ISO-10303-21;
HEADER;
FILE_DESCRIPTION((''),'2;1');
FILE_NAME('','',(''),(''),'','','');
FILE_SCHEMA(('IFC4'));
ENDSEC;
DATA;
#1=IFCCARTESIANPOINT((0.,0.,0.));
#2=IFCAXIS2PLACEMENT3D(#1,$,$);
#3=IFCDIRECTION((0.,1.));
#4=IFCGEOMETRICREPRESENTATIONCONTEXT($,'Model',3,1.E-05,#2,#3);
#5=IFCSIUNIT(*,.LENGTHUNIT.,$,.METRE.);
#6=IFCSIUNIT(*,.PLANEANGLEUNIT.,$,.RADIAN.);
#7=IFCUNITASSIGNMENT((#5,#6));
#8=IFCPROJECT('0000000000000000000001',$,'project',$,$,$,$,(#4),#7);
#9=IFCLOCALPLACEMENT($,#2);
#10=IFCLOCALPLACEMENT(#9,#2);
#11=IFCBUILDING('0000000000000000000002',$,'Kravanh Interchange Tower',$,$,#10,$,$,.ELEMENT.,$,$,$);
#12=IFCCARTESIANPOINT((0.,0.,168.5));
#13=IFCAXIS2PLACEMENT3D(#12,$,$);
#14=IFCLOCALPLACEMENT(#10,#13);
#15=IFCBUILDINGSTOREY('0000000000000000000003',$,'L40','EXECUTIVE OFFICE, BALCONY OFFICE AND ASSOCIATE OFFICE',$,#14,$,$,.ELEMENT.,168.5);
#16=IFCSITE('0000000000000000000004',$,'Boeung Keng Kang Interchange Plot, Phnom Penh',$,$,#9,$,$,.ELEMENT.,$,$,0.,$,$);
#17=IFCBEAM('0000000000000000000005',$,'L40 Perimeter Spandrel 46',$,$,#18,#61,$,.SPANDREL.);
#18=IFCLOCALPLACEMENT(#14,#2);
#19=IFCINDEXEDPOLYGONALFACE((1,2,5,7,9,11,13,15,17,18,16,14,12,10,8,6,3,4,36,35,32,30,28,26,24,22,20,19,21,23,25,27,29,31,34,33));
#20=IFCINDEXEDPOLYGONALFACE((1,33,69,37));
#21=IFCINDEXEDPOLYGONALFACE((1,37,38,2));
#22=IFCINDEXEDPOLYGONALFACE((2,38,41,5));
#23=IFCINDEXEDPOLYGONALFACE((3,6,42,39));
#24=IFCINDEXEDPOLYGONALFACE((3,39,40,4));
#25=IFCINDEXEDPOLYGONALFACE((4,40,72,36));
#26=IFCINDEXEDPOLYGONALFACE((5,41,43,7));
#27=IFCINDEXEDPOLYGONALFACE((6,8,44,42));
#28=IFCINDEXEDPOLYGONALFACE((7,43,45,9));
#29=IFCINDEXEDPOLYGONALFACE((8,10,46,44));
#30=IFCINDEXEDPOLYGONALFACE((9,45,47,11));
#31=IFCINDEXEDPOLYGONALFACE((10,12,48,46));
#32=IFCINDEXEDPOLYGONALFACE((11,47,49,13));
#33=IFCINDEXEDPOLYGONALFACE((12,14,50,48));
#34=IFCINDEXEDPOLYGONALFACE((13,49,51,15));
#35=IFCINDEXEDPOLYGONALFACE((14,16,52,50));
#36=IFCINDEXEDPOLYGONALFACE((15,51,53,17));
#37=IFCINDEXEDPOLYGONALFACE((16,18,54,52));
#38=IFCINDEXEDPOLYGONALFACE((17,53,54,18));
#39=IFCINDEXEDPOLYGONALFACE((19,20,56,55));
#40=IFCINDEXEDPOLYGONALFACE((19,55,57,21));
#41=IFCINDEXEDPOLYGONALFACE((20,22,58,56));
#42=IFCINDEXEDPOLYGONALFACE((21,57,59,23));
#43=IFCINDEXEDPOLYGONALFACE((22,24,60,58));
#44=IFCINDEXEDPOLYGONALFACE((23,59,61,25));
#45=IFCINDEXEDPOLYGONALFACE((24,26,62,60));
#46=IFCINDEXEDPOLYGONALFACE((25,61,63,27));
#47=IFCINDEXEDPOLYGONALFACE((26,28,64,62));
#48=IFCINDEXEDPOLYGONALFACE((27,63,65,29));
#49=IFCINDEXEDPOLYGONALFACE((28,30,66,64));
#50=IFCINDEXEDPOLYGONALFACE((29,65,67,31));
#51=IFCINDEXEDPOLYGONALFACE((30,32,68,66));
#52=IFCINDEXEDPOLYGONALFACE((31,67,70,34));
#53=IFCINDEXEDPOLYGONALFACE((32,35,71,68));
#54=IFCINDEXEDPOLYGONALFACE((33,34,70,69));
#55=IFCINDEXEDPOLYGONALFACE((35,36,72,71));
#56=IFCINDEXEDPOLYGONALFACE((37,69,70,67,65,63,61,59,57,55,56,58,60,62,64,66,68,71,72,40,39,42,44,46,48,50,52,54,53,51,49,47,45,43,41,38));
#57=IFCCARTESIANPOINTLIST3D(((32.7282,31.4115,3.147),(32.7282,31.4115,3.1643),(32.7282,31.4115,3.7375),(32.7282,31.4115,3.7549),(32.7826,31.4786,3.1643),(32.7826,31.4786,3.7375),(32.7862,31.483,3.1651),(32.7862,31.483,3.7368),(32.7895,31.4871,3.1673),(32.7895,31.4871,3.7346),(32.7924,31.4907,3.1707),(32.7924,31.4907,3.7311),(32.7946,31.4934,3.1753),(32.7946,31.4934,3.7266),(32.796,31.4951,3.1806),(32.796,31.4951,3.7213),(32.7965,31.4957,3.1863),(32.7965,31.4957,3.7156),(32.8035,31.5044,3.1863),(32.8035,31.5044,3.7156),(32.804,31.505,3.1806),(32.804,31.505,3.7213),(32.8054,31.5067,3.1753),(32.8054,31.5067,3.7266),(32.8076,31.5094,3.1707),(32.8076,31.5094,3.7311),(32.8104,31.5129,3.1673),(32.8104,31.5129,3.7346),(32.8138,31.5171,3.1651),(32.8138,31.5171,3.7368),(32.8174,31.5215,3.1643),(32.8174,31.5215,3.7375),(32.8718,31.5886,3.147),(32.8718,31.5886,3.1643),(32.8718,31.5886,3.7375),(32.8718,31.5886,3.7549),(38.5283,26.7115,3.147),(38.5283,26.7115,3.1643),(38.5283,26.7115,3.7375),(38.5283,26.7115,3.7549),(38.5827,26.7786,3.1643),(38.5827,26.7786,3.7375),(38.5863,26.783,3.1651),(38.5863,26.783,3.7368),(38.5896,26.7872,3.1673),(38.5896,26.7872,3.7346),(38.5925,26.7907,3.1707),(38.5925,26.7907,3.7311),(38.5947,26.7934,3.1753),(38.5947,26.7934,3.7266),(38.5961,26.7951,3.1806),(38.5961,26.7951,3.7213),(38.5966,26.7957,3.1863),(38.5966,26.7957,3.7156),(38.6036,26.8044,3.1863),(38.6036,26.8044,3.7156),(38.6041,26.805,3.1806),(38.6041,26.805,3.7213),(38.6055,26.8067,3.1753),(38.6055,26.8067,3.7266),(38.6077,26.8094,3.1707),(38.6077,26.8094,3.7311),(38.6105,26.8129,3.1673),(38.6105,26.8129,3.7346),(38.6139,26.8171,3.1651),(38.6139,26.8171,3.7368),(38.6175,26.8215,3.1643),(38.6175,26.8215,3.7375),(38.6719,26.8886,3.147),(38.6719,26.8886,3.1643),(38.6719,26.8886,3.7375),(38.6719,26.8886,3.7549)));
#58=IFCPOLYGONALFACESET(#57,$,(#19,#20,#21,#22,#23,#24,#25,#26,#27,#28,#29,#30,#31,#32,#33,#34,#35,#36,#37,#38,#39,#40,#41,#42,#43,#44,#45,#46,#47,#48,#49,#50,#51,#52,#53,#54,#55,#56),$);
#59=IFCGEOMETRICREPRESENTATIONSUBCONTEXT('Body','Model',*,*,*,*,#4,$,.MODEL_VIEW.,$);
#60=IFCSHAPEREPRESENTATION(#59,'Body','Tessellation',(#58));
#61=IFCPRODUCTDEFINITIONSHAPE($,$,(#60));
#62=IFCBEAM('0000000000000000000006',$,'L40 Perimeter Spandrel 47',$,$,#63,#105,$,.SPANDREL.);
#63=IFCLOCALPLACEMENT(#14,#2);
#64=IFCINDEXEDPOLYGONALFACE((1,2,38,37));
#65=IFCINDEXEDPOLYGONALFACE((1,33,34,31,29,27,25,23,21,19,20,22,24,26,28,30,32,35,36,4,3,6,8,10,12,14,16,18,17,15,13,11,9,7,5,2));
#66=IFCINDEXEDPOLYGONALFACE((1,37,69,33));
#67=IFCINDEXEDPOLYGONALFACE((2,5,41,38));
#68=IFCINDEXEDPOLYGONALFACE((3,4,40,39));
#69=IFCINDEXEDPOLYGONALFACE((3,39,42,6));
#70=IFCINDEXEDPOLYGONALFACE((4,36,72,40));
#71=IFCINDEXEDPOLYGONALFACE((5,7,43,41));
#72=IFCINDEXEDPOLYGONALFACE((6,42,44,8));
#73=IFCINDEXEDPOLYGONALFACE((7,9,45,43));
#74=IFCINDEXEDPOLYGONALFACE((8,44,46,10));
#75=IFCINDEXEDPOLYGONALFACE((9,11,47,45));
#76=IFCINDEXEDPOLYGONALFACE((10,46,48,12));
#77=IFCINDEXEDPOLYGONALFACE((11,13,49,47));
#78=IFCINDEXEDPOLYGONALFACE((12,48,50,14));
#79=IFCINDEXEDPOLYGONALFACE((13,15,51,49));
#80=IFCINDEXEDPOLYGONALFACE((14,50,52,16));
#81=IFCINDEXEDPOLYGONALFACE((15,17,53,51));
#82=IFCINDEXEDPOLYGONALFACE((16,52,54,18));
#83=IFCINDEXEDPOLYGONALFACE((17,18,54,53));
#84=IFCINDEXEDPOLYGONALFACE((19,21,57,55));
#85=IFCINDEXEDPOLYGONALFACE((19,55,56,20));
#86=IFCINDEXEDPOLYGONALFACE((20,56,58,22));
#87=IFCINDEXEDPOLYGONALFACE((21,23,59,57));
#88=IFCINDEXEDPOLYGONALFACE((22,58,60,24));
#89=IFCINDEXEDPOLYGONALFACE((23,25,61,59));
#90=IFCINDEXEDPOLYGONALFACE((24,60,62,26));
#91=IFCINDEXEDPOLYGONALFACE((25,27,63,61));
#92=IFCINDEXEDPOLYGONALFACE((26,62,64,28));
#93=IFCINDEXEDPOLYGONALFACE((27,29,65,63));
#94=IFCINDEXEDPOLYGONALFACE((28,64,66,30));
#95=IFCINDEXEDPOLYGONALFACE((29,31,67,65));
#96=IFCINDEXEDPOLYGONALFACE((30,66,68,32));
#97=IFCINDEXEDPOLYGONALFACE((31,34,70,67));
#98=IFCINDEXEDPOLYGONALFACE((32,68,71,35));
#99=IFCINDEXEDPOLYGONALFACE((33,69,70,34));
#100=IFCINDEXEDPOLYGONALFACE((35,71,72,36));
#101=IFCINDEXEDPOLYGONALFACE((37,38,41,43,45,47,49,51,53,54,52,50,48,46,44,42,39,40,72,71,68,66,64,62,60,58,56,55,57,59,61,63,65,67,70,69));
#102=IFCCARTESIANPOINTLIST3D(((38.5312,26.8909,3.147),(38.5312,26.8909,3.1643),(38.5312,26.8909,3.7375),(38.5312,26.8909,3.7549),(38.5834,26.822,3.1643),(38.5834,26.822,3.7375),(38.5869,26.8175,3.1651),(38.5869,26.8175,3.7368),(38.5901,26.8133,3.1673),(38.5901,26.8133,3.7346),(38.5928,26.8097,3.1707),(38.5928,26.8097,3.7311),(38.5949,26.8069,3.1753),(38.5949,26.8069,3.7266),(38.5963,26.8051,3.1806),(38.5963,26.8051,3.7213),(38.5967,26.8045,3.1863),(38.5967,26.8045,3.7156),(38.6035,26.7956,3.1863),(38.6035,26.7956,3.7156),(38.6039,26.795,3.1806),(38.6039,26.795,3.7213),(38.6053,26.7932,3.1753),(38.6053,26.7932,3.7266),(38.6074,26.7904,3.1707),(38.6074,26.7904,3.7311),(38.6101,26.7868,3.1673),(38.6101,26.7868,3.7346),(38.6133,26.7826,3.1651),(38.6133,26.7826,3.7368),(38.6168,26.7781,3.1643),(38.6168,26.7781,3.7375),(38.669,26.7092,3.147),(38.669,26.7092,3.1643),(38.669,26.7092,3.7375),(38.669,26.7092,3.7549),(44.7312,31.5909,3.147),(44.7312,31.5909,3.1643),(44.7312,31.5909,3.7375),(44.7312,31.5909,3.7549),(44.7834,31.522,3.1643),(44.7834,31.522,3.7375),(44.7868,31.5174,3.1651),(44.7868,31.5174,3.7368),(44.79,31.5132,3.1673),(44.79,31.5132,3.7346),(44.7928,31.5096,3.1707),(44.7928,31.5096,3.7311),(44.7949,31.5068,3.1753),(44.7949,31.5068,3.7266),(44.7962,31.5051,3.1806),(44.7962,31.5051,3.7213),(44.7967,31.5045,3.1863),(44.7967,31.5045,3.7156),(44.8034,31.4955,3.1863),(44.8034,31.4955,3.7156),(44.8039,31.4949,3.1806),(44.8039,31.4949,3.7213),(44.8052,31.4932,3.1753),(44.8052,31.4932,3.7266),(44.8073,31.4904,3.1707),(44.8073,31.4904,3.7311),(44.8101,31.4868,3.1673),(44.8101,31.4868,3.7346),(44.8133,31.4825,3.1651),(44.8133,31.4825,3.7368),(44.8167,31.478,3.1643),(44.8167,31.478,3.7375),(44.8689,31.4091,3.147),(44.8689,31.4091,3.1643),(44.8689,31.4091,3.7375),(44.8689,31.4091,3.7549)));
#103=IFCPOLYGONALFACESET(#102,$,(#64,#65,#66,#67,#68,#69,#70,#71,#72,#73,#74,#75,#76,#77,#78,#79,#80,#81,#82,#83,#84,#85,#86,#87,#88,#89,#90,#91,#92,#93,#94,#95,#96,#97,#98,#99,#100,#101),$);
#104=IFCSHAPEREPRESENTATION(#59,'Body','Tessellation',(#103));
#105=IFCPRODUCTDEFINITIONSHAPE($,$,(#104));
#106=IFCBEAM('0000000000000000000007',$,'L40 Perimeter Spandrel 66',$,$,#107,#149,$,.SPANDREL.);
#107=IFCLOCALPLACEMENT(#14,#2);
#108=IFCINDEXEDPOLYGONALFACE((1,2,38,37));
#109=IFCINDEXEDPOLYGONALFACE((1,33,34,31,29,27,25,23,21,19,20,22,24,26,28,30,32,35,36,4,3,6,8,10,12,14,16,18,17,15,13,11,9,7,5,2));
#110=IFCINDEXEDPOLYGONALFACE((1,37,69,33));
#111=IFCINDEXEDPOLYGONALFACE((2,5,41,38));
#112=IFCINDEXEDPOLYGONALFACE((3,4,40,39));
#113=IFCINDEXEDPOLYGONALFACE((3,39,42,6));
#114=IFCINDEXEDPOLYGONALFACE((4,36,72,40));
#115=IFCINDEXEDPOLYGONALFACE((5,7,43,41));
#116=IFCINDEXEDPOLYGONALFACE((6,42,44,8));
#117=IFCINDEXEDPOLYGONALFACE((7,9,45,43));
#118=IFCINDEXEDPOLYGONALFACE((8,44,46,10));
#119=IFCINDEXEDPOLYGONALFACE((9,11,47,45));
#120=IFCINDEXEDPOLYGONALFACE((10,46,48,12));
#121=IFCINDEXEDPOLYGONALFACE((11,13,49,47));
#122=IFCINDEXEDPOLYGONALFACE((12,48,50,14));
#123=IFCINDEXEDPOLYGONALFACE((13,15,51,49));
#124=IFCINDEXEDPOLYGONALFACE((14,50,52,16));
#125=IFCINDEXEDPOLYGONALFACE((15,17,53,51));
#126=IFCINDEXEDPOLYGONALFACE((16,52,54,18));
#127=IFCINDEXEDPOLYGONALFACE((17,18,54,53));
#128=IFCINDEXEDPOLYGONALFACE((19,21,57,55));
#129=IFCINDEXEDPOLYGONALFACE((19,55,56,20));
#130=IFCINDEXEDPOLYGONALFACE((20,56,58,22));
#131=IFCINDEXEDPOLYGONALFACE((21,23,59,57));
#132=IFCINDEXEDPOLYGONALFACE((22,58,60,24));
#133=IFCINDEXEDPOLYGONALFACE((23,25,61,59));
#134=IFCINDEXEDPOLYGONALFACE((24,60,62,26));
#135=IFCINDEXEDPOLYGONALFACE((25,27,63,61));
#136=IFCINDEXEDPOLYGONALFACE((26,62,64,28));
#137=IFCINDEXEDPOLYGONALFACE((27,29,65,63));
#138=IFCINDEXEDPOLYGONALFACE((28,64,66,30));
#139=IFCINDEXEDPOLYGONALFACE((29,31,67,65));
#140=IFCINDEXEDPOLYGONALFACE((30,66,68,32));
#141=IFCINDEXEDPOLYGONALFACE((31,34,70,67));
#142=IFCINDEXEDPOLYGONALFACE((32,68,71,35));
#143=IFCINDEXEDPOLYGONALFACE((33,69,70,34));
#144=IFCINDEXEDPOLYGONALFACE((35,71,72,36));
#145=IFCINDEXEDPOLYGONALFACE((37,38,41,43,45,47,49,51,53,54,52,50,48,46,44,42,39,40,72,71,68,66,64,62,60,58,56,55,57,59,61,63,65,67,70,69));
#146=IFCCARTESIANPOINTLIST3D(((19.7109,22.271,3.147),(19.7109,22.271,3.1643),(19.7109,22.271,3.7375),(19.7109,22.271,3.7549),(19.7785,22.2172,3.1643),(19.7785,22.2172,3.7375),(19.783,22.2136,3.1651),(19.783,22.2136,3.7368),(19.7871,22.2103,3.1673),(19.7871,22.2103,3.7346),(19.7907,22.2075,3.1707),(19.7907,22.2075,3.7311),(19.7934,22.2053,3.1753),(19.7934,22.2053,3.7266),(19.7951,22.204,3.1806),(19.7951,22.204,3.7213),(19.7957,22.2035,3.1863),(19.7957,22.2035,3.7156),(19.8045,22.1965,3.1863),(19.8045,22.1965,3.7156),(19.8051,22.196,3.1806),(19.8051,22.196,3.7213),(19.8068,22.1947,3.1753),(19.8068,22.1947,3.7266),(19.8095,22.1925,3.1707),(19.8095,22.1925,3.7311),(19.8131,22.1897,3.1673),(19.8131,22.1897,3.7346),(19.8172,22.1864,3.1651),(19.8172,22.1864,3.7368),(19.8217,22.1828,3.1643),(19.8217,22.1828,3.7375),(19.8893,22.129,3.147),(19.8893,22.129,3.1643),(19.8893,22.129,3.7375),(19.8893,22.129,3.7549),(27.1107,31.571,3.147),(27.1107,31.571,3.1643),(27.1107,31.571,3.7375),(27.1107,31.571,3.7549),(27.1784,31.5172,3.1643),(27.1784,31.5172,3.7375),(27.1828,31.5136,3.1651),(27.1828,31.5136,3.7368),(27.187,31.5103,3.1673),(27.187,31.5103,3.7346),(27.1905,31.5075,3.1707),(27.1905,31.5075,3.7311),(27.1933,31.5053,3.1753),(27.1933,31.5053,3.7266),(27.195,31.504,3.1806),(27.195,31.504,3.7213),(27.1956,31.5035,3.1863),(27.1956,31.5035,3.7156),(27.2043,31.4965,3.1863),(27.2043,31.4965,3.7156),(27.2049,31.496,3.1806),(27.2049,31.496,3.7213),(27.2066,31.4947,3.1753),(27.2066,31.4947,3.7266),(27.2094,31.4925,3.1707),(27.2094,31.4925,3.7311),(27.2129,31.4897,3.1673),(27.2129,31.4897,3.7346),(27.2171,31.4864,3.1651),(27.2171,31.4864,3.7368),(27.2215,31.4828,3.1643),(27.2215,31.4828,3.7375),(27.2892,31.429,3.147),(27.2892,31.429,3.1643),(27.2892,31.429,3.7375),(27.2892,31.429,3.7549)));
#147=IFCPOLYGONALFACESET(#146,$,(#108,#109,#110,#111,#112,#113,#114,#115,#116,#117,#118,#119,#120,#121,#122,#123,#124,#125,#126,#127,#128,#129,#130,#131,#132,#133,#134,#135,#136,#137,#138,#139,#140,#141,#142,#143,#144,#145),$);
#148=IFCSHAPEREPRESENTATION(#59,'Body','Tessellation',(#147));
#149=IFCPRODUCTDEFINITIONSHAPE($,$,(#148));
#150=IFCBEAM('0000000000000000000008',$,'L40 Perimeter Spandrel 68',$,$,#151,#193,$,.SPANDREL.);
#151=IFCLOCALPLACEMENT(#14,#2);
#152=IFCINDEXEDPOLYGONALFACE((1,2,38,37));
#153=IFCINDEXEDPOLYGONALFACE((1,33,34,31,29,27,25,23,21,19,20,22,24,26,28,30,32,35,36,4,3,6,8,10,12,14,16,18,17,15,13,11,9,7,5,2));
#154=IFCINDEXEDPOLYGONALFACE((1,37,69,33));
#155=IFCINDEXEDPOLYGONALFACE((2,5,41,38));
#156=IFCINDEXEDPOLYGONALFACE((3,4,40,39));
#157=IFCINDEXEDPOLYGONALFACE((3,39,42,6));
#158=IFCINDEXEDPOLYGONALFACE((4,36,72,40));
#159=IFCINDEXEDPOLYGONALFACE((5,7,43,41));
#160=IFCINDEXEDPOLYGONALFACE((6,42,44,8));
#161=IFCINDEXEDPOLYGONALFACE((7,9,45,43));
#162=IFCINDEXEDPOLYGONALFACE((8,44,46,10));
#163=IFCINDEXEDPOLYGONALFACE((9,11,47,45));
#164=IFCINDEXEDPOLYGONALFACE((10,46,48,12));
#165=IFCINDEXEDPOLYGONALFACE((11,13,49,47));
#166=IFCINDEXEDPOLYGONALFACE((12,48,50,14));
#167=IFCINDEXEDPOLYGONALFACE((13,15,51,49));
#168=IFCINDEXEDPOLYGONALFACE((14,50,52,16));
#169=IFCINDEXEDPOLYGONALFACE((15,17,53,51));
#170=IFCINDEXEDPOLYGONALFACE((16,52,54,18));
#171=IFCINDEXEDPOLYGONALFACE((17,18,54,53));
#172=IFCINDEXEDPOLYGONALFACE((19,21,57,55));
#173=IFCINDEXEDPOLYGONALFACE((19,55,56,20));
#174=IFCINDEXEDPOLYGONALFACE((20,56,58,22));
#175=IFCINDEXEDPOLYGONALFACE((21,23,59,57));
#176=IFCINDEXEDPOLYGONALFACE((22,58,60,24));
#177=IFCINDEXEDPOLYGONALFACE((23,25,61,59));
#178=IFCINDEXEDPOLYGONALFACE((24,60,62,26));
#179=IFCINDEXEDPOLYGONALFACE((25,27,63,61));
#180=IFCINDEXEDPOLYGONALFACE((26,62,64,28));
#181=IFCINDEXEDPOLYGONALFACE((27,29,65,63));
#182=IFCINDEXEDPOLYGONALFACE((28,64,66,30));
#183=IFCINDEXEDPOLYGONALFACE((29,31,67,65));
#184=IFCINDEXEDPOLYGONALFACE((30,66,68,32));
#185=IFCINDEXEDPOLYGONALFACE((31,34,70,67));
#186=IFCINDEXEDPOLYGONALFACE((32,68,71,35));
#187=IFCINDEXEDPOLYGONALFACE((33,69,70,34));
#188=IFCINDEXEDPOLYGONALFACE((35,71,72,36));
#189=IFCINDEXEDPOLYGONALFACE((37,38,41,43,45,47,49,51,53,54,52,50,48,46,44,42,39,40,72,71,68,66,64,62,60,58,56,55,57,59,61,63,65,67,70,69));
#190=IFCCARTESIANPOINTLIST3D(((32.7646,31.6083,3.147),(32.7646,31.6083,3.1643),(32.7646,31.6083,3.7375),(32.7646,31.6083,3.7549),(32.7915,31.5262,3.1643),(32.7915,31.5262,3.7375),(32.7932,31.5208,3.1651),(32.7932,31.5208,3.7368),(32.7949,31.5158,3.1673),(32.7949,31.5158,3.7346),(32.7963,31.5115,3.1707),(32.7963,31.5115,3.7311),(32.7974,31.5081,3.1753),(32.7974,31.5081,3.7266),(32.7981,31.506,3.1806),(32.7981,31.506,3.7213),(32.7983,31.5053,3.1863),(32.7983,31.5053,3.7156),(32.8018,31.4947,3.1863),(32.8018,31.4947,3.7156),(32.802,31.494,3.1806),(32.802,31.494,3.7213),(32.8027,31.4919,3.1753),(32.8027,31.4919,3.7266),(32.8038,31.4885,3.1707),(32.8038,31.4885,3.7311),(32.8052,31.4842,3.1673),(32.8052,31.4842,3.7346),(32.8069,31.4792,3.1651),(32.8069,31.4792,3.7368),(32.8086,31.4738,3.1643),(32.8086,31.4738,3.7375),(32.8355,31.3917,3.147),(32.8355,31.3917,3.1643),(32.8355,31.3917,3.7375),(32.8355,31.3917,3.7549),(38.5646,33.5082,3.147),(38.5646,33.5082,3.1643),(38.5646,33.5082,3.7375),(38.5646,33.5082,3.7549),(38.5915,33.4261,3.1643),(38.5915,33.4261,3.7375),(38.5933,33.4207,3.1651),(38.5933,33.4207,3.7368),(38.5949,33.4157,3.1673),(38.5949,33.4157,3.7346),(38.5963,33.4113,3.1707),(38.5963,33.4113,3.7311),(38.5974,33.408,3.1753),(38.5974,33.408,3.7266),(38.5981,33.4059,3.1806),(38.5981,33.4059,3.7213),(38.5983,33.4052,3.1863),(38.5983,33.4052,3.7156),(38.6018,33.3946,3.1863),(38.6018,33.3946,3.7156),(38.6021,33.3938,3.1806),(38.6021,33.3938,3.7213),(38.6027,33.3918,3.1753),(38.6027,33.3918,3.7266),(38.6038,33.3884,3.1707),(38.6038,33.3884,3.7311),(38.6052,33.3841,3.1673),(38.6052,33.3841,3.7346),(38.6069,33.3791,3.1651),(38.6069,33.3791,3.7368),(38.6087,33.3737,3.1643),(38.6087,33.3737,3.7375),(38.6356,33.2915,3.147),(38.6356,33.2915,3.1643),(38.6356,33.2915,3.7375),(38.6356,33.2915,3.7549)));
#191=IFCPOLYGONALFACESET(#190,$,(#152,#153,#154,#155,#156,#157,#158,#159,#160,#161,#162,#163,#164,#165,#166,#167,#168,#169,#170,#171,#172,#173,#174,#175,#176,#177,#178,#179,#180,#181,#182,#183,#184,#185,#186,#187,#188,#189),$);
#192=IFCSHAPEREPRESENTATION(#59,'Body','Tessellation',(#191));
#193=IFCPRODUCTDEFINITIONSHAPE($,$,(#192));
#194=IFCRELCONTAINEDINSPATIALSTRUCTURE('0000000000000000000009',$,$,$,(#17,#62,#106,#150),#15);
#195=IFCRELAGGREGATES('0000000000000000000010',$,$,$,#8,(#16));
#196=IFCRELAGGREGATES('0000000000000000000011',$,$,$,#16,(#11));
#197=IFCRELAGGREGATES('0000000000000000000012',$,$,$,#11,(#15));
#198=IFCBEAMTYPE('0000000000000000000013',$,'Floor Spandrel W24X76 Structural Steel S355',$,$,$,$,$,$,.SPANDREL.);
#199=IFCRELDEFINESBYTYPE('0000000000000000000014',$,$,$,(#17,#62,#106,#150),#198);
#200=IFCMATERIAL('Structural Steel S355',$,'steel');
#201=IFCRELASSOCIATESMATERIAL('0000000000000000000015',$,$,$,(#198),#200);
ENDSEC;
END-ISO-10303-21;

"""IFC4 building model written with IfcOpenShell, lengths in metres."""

from ifc_helpers import new_model, si_unit, direction, frame, origin, origin_2d, place, context, subcontext, project, spatial, i_section, extrude, material, material_profile, profile_set, type_object, element, save


model = new_model("IFC4")

# Units and contexts
model_context = context("Model", 3, precision=1e-05, world=origin(), true_north=direction((0.0, 1.0)))
body_context = subcontext(model_context, "Body", "Model", "MODEL_VIEW")
ifc_project = project(units=[si_unit("LENGTHUNIT", "METRE"), si_unit("PLANEANGLEUNIT", "RADIAN")], contexts=[model_context])

# Site, building, storey
site_placement = place(None, origin())
site = spatial("IfcSite", under=ifc_project, at=site_placement, Name="Boeung Keng Kang Interchange Plot, Phnom Penh", CompositionType="ELEMENT", RefElevation=0.0)
building_placement = place(site_placement, origin())
building = spatial("IfcBuilding", under=site, at=building_placement, Name="Kravanh Interchange Tower", CompositionType="ELEMENT")
storey_placement = place(building_placement, frame((0.0, 0.0, 168.5)))
storey = spatial("IfcBuildingStorey", under=building, at=storey_placement, Name="L40", Description="EXECUTIVE OFFICE, BALCONY OFFICE AND ASSOCIATE OFFICE", CompositionType="ELEMENT", Elevation=168.5)

# Beams
ifc_material_1 = material(Name="Structural Steel S355", Category="steel")
ifc_material_profile_1 = material_profile(ifc_material_1, i_section(OverallWidth=0.228, OverallDepth=0.6079, WebThickness=0.0112, FlangeThickness=0.0173, FilletRadius=0.022, at=origin_2d()), Name="W24X76")
ifc_profile_set_1 = profile_set([ifc_material_profile_1], Name="Structural Steel S355")
beam_type_1 = type_object("IfcBeamType", Name="Floor Spandrel W24X76 Structural Steel S355", PredefinedType="SPANDREL", material=ifc_profile_set_1)
beam_1_placement = place(storey_placement, frame((38.6001, 26.8, 3.4509), z_axis=(-0.776939, 0.629576, 0.0), x_axis=(-0.629576, -0.776939, 0.0)))
element("IfcBeam", 1, at=beam_1_placement, inside=storey, type_object=beam_type_1, Name="L40 Perimeter Spandrel 46", PredefinedType="SPANDREL", context=body_context, shape_type="SweptSolid", body=[
    extrude(i_section(OverallWidth=0.228, OverallDepth=0.6079, WebThickness=0.0112, FlangeThickness=0.0173, FilletRadius=0.022, at=origin_2d()), origin(), (0.0, 0.0, 1.0), 7.4653),
])
beam_2_placement = place(storey_placement, frame((38.6001, 26.8, 3.4509), z_axis=(0.796905, 0.604104, 0.0), x_axis=(-0.604104, 0.796905, 0.0)))
element("IfcBeam", 2, at=beam_2_placement, inside=storey, type_object=beam_type_1, Name="L40 Perimeter Spandrel 47", PredefinedType="SPANDREL", context=body_context, shape_type="SweptSolid", body=[
    extrude(i_section(OverallWidth=0.228, OverallDepth=0.6079, WebThickness=0.0112, FlangeThickness=0.0173, FilletRadius=0.022, at=origin_2d()), origin(), (0.0, 0.0, 1.0), 7.78),
])
beam_3_placement = place(storey_placement, frame((27.2, 31.5, 3.4509), z_axis=(-0.622634, -0.782513, 0.0), x_axis=(0.782513, -0.622634, 0.0)))
element("IfcBeam", 3, at=beam_3_placement, inside=storey, type_object=beam_type_1, Name="L40 Perimeter Spandrel 66", PredefinedType="SPANDREL", context=body_context, shape_type="SweptSolid", body=[
    extrude(i_section(OverallWidth=0.228, OverallDepth=0.6079, WebThickness=0.0112, FlangeThickness=0.0173, FilletRadius=0.022, at=origin_2d()), origin(), (0.0, 0.0, 1.0), 11.8848),
])
beam_4_placement = place(storey_placement, frame((32.8, 31.5, 3.4509), z_axis=(0.950315, 0.311291, 0.0), x_axis=(-0.311291, 0.950315, 0.0)))
element("IfcBeam", 4, at=beam_4_placement, inside=storey, type_object=beam_type_1, Name="L40 Perimeter Spandrel 68", PredefinedType="SPANDREL", context=body_context, shape_type="SweptSolid", body=[
    extrude(i_section(OverallWidth=0.228, OverallDepth=0.6079, WebThickness=0.0112, FlangeThickness=0.0173, FilletRadius=0.022, at=origin_2d()), origin(), (0.0, 0.0, 1.0), 6.1033),
])

save(model, "model.ifc")
